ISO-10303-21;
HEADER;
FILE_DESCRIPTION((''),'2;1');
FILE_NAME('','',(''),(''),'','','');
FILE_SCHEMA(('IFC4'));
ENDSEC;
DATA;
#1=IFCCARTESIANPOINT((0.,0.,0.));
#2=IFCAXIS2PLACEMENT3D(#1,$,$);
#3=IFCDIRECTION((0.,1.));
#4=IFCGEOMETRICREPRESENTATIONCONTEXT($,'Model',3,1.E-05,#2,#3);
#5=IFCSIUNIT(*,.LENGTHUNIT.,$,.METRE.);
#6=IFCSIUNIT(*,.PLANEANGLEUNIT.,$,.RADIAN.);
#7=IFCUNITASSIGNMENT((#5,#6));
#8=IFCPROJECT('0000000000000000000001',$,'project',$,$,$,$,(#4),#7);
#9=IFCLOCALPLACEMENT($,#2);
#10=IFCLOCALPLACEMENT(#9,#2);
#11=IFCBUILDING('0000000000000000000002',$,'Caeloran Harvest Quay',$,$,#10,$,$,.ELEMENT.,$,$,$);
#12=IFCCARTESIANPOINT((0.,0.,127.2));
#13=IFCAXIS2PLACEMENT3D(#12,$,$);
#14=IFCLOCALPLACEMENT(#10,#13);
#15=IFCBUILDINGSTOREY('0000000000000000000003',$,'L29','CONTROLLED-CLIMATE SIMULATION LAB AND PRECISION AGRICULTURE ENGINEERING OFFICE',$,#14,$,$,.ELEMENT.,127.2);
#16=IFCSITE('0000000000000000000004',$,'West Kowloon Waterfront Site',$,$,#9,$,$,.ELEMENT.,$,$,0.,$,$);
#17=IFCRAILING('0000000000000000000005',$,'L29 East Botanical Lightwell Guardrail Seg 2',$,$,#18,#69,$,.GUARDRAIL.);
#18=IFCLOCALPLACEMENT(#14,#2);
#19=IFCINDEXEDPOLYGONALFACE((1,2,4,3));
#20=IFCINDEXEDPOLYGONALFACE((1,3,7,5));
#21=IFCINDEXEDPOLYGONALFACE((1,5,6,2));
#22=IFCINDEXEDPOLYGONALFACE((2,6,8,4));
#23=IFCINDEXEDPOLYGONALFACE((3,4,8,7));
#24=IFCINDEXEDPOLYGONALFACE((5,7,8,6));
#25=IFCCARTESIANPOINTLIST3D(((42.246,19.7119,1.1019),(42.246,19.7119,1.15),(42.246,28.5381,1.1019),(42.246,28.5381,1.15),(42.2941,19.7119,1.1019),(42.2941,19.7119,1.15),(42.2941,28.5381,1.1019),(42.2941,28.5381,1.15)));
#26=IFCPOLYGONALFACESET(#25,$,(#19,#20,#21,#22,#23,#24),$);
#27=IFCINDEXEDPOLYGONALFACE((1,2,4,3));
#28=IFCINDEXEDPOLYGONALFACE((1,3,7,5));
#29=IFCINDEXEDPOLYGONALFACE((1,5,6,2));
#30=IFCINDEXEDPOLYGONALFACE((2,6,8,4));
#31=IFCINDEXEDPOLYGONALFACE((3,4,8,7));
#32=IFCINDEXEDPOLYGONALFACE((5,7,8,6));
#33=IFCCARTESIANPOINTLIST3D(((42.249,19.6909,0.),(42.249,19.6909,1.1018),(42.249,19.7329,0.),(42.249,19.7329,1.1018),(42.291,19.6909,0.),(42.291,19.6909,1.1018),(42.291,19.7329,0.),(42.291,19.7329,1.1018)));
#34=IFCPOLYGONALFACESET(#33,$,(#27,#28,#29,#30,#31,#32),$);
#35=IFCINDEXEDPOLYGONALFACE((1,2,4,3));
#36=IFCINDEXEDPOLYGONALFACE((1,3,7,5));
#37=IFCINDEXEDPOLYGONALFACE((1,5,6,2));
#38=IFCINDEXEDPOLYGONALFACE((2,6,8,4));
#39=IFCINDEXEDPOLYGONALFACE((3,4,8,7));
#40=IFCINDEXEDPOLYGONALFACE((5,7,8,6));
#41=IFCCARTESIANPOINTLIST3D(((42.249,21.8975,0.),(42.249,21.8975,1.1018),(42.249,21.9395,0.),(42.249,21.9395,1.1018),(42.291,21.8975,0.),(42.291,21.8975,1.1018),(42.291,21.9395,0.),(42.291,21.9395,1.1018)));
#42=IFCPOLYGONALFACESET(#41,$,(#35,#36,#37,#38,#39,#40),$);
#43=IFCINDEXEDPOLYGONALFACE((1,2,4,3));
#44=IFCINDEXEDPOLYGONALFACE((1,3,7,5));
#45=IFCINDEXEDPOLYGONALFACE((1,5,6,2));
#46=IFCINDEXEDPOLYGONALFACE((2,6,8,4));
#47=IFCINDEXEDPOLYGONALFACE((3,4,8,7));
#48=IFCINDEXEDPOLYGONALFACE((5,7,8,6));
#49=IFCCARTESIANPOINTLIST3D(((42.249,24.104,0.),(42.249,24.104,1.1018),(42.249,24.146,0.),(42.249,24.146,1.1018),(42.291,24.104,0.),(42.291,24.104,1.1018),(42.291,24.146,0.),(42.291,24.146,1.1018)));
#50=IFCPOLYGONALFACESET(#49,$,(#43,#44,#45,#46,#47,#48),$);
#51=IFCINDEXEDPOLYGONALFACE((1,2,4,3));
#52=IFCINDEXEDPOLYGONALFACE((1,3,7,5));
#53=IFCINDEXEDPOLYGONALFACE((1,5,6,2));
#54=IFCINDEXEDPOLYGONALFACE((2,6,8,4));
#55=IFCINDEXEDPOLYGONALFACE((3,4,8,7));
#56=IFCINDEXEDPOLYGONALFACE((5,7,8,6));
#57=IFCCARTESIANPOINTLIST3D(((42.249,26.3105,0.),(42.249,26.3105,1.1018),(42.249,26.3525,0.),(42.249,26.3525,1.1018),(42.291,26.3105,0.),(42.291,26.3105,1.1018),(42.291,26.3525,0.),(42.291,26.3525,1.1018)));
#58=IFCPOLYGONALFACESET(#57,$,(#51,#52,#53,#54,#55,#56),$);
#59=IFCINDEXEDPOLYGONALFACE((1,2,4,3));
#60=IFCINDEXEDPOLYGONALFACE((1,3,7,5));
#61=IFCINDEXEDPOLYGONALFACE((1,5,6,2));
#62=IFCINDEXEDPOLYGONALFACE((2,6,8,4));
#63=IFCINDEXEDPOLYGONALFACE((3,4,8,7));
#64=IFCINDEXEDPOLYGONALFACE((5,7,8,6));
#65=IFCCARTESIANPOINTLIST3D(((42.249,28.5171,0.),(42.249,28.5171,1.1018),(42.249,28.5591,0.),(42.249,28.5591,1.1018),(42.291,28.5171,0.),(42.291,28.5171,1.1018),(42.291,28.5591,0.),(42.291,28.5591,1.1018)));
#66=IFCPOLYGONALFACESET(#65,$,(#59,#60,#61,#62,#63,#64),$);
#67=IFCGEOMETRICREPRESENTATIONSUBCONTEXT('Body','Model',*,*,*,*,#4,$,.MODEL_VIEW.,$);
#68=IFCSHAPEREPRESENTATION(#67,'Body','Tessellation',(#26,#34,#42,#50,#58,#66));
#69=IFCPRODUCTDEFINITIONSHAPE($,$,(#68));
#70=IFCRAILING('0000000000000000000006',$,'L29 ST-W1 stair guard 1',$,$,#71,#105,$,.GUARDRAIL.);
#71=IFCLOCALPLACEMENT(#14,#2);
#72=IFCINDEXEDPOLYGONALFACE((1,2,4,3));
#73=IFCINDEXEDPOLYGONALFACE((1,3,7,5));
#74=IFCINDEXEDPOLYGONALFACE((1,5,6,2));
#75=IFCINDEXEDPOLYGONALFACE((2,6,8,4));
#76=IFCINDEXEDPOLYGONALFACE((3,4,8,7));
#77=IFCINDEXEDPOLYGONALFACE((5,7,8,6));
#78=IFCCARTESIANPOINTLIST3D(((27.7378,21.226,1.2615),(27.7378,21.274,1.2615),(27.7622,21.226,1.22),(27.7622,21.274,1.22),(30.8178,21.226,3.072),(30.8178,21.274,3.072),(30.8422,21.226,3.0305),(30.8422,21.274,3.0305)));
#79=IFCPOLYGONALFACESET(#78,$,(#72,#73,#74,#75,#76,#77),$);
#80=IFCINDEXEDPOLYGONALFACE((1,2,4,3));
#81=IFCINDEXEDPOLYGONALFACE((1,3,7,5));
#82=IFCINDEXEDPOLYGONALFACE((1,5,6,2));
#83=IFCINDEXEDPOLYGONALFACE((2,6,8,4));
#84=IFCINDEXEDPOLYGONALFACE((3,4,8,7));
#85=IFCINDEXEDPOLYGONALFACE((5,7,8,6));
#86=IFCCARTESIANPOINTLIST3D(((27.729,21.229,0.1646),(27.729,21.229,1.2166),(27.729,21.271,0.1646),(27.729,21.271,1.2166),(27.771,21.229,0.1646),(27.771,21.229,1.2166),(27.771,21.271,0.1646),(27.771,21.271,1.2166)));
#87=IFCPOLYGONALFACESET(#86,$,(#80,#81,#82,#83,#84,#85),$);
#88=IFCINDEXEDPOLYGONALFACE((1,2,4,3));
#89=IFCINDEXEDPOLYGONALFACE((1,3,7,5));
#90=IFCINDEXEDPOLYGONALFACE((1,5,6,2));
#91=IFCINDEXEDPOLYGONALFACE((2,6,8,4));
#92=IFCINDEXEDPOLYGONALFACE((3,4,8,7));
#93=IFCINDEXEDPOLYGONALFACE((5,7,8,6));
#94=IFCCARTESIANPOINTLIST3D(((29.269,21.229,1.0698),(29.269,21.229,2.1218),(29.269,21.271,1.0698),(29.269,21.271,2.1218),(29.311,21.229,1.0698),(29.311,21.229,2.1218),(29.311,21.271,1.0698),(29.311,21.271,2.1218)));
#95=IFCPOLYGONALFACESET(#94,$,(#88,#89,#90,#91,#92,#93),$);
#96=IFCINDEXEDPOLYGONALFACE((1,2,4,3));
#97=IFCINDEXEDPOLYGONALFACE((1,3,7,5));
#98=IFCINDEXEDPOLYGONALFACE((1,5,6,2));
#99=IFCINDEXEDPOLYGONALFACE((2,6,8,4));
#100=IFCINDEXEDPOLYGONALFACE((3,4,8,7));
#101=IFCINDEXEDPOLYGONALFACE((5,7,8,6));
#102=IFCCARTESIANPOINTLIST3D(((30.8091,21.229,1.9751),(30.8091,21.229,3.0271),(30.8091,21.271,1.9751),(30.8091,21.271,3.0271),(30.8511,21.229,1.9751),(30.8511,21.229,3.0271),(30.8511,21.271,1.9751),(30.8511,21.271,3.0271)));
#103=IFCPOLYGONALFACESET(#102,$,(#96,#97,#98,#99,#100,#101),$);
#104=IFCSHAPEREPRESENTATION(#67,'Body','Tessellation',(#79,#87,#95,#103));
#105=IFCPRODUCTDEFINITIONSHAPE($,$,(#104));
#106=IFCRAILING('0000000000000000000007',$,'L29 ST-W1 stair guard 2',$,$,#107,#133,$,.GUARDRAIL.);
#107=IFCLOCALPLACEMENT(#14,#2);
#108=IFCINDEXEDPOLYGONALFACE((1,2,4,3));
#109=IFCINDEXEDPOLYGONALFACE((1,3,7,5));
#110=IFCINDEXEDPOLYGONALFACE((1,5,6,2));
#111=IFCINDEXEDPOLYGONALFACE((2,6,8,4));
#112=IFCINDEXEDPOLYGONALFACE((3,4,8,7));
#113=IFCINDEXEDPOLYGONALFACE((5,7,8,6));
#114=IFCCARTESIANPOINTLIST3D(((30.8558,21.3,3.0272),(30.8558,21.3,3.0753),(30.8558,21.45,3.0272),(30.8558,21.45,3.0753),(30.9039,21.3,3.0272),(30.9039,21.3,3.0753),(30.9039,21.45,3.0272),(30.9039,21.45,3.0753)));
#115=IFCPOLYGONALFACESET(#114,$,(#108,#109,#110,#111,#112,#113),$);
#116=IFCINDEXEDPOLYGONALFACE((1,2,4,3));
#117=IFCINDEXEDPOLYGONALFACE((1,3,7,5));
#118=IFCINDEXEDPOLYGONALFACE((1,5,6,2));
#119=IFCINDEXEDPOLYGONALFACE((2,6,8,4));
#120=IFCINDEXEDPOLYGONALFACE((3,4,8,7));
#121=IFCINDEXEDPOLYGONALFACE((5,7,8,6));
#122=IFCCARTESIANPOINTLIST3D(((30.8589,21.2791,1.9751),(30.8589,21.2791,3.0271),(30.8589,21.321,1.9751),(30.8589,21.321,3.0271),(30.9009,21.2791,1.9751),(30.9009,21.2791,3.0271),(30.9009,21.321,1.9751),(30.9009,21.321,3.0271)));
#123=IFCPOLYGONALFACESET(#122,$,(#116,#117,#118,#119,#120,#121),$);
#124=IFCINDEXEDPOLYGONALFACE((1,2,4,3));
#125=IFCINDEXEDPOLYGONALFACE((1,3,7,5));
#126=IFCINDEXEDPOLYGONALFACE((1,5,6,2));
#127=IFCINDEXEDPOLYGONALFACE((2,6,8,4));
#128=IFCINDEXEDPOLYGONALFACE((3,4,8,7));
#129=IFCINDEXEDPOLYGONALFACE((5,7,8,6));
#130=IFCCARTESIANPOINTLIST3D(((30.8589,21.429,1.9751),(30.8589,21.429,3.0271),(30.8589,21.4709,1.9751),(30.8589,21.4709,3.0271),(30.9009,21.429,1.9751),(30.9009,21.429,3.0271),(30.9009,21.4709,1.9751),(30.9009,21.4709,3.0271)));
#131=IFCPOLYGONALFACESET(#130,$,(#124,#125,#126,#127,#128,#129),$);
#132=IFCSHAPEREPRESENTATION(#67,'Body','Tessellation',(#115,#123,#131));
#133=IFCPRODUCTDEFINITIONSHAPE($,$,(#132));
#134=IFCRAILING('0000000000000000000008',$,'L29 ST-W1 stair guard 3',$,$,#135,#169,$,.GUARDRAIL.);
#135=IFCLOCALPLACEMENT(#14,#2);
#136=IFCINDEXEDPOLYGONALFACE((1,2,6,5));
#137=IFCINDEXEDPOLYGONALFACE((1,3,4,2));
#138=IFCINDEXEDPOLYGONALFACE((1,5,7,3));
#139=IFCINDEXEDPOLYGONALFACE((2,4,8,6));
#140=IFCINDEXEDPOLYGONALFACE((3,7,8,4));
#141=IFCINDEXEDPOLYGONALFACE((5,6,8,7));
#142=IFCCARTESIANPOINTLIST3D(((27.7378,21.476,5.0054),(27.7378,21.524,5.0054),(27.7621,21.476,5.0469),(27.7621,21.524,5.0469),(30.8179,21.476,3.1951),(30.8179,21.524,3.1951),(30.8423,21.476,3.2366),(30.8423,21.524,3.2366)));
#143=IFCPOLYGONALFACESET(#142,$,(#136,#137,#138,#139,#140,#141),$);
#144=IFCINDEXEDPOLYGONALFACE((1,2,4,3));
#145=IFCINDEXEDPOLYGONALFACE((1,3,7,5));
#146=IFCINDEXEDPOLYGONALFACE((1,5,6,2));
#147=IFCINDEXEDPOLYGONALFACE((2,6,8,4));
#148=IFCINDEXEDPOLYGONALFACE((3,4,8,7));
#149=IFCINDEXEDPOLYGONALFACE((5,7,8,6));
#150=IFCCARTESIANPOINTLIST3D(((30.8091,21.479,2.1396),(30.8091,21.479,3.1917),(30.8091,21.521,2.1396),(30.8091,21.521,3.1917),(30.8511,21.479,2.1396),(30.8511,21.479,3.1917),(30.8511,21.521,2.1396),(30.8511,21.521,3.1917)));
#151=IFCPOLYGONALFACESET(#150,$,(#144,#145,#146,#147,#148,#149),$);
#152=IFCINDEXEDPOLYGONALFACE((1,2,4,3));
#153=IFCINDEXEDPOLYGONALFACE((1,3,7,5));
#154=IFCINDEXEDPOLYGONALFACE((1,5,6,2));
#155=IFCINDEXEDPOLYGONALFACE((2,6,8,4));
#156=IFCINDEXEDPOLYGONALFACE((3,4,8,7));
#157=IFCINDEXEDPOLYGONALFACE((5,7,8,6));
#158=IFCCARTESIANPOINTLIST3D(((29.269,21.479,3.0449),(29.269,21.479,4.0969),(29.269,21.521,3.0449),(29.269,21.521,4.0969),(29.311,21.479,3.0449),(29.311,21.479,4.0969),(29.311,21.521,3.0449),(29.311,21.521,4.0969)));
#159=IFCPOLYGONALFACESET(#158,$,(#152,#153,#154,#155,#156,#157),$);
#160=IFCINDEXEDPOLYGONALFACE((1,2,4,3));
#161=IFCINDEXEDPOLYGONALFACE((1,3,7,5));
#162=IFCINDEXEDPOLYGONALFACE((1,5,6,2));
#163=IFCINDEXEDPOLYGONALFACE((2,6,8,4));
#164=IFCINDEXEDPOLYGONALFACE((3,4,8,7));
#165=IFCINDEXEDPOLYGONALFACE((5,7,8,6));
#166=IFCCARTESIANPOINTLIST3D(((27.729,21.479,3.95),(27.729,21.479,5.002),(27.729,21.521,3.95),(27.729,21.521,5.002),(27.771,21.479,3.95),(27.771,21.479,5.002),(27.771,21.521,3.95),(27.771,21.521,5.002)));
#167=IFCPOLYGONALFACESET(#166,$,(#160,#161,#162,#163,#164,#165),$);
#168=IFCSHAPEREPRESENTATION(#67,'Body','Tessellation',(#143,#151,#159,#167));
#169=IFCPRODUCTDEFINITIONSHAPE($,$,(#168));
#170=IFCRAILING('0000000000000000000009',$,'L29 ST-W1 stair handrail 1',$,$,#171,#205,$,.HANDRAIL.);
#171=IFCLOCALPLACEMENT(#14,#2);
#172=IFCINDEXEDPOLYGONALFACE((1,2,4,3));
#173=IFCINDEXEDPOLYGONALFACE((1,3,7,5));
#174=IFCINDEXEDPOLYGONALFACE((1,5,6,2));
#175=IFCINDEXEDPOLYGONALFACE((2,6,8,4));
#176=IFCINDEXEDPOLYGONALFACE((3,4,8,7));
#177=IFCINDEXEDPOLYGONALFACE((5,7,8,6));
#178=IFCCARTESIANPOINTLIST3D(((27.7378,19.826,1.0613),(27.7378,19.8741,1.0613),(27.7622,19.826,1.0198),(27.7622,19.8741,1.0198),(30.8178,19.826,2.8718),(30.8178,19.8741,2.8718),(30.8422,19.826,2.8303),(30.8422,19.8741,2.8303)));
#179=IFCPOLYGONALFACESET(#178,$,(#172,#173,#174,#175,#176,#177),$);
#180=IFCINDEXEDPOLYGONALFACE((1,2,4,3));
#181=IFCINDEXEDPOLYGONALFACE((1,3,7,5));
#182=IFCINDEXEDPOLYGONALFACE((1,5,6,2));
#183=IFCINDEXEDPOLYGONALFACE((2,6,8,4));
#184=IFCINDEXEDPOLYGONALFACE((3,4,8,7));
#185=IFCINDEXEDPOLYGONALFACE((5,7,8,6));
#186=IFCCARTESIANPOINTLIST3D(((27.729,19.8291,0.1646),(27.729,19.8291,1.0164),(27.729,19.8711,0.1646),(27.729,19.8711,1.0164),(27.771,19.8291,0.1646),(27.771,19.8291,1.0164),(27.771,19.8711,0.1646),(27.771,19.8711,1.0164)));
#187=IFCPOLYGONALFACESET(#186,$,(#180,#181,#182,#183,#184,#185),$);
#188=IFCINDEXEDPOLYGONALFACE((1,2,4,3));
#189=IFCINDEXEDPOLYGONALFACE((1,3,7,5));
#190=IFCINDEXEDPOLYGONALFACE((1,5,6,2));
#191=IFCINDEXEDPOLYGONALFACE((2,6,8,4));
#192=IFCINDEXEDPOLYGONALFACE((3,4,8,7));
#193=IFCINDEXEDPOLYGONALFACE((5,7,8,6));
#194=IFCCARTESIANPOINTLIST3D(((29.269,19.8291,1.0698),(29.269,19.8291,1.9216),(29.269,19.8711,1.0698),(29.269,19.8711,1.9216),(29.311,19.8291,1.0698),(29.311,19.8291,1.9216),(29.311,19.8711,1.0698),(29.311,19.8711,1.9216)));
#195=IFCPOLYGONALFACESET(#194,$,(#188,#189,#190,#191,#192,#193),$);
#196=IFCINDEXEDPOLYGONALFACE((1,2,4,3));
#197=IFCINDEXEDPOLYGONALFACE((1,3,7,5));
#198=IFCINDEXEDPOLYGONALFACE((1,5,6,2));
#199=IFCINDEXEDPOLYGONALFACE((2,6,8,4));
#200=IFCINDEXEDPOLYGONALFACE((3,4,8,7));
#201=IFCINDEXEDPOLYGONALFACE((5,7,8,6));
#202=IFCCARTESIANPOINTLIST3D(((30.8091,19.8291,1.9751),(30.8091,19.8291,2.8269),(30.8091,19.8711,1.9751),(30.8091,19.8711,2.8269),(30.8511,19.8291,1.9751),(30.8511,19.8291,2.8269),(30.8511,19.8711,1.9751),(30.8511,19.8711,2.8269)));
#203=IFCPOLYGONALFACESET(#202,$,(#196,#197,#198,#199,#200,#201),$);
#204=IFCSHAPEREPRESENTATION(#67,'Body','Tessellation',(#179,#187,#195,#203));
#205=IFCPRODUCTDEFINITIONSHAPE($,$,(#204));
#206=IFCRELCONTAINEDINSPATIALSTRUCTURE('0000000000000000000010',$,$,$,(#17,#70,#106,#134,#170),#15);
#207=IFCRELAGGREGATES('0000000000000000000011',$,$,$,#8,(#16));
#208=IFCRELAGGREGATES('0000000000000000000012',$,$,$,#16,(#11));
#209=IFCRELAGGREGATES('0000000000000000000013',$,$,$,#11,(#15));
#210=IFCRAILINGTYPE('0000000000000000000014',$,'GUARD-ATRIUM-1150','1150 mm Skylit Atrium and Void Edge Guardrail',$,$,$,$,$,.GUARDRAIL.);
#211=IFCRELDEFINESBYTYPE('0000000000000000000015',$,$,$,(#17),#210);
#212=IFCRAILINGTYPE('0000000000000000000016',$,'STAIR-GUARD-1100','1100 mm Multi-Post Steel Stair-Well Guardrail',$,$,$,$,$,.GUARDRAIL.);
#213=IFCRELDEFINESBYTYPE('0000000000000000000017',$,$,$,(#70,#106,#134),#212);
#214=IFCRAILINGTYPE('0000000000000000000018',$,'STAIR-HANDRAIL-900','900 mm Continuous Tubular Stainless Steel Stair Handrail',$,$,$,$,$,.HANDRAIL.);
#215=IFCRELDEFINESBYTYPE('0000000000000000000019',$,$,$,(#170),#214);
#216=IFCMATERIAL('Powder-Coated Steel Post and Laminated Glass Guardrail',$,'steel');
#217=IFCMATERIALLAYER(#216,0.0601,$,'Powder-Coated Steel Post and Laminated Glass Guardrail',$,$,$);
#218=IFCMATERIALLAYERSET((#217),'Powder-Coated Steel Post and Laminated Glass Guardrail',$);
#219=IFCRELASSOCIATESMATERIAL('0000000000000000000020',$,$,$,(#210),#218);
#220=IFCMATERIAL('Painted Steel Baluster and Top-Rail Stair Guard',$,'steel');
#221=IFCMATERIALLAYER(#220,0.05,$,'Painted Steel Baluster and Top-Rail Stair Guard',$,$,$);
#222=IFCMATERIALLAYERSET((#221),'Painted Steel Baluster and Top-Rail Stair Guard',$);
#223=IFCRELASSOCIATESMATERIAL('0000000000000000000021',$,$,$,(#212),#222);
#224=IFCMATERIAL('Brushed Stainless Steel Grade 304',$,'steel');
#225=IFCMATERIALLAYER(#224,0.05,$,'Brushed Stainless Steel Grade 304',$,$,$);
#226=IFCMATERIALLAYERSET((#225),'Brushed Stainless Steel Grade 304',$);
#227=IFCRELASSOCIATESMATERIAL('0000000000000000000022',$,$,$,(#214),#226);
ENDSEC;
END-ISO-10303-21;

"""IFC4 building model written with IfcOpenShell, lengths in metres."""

from ifc_helpers import new_model, si_unit, direction, frame, origin, origin_2d, place, context, subcontext, project, spatial, rectangle, extrude, material, layer, layer_set, type_object, element, save


model = new_model("IFC4")

# Units and contexts
model_context = context("Model", 3, precision=1e-05, world=origin(), true_north=direction((0.0, 1.0)))
body_context = subcontext(model_context, "Body", "Model", "MODEL_VIEW")
ifc_project = project(units=[si_unit("LENGTHUNIT", "METRE"), si_unit("PLANEANGLEUNIT", "RADIAN")], contexts=[model_context])

# Site, building, storey
site_placement = place(None, origin())
site = spatial("IfcSite", under=ifc_project, at=site_placement, Name="West Kowloon Waterfront Site", CompositionType="ELEMENT", RefElevation=0.0)
building_placement = place(site_placement, origin())
building = spatial("IfcBuilding", under=site, at=building_placement, Name="Caeloran Harvest Quay", CompositionType="ELEMENT")
storey_placement = place(building_placement, frame((0.0, 0.0, 127.2)))
storey = spatial("IfcBuildingStorey", under=building, at=storey_placement, Name="L29", Description="CONTROLLED-CLIMATE SIMULATION LAB AND PRECISION AGRICULTURE ENGINEERING OFFICE", CompositionType="ELEMENT", Elevation=127.2)

# Railings
ifc_material_1 = material(Name="Powder-Coated Steel Post and Laminated Glass Guardrail", Category="steel")
ifc_layer_1 = layer(ifc_material_1, 0.0601, Name="Powder-Coated Steel Post and Laminated Glass Guardrail")
ifc_layer_set_1 = layer_set([ifc_layer_1], Name="Powder-Coated Steel Post and Laminated Glass Guardrail")
railing_type_1 = type_object("IfcRailingType", Name="GUARD-ATRIUM-1150", Description="1150 mm Skylit Atrium and Void Edge Guardrail", PredefinedType="GUARDRAIL", material=ifc_layer_set_1)
railing_1_placement = place(storey_placement, frame((42.27, 19.7119, 0.0)))
element("IfcRailing", 1, at=railing_1_placement, inside=storey, type_object=railing_type_1, Name="L29 East Botanical Lightwell Guardrail Seg 2", PredefinedType="GUARDRAIL", context=body_context, shape_type="SweptSolid", body=[
    extrude(rectangle(XDim=0.0481, YDim=0.0481, at=origin_2d()), frame((0.0, 0.0, 1.126), z_axis=(0.0, 1.0, 0.0), x_axis=(-1.0, 0.0, 0.0)), (0.0, 0.0, 1.0), 8.8262),
    extrude(rectangle(XDim=0.042, YDim=0.042, at=origin_2d()), origin(), (0.0, 0.0, 1.0), 1.1018),
    extrude(rectangle(XDim=0.042, YDim=0.042, at=origin_2d()), frame((0.0, 2.2065, 0.0)), (0.0, 0.0, 1.0), 1.1018),
    extrude(rectangle(XDim=0.042, YDim=0.042, at=origin_2d()), frame((0.0, 4.4131, 0.0)), (0.0, 0.0, 1.0), 1.1018),
    extrude(rectangle(XDim=0.042, YDim=0.042, at=origin_2d()), frame((0.0, 6.6196, 0.0)), (0.0, 0.0, 1.0), 1.1018),
    extrude(rectangle(XDim=0.042, YDim=0.042, at=origin_2d()), frame((0.0, 8.8262, 0.0)), (0.0, 0.0, 1.0), 1.1018),
])
ifc_material_2 = material(Name="Painted Steel Baluster and Top-Rail Stair Guard", Category="steel")
ifc_layer_2 = layer(ifc_material_2, 0.05, Name="Painted Steel Baluster and Top-Rail Stair Guard")
ifc_layer_set_2 = layer_set([ifc_layer_2], Name="Painted Steel Baluster and Top-Rail Stair Guard")
railing_type_2 = type_object("IfcRailingType", Name="STAIR-GUARD-1100", Description="1100 mm Multi-Post Steel Stair-Well Guardrail", PredefinedType="GUARDRAIL", material=ifc_layer_set_2)
railing_2_placement = place(storey_placement, frame((27.75, 21.25, 0.1646)))
element("IfcRailing", 2, at=railing_2_placement, inside=storey, type_object=railing_type_2, Name="L29 ST-W1 stair guard 1", PredefinedType="GUARDRAIL", context=body_context, shape_type="SweptSolid", body=[
    extrude(rectangle(XDim=0.0481, YDim=0.0481, at=origin_2d()), frame((0.0, 0.0, 1.0762), z_axis=(0.862089, 0.0, 0.506757), x_axis=(0.0, 1.0, 0.0)), (0.0, 0.0, 1.0), 3.5728),
    extrude(rectangle(XDim=0.042, YDim=0.042, at=origin_2d()), origin(), (0.0, 0.0, 1.0), 1.052),
    extrude(rectangle(XDim=0.042, YDim=0.042, at=origin_2d()), frame((1.54, 0.0, 0.9053)), (0.0, 0.0, 1.0), 1.052),
    extrude(rectangle(XDim=0.042, YDim=0.042, at=origin_2d()), frame((3.0801, 0.0, 1.8105)), (0.0, 0.0, 1.0), 1.052),
])
railing_3_placement = place(storey_placement, frame((30.8799, 21.3, 1.9751)))
element("IfcRailing", 3, at=railing_3_placement, inside=storey, type_object=railing_type_2, Name="L29 ST-W1 stair guard 2", PredefinedType="GUARDRAIL", context=body_context, shape_type="SweptSolid", body=[
    extrude(rectangle(XDim=0.0481, YDim=0.0481, at=origin_2d()), frame((0.0, 0.0, 1.0762), z_axis=(0.0, 1.0, 0.0), x_axis=(-1.0, 0.0, 0.0)), (0.0, 0.0, 1.0), 0.1499),
    extrude(rectangle(XDim=0.042, YDim=0.042, at=origin_2d()), origin(), (0.0, 0.0, 1.0), 1.052),
    extrude(rectangle(XDim=0.042, YDim=0.042, at=origin_2d()), frame((0.0, 0.1499, 0.0)), (0.0, 0.0, 1.0), 1.052),
])
railing_4_placement = place(storey_placement, frame((30.8301, 21.5, 2.1396)))
element("IfcRailing", 4, at=railing_4_placement, inside=storey, type_object=railing_type_2, Name="L29 ST-W1 stair guard 3", PredefinedType="GUARDRAIL", context=body_context, shape_type="SweptSolid", body=[
    extrude(rectangle(XDim=0.0481, YDim=0.0481, at=origin_2d()), frame((0.0, 0.0, 1.0762), z_axis=(-0.862119, 0.0, 0.506707), x_axis=(0.0, -1.0, 0.0)), (0.0, 0.0, 1.0), 3.5728),
    extrude(rectangle(XDim=0.042, YDim=0.042, at=origin_2d()), origin(), (0.0, 0.0, 1.0), 1.052),
    extrude(rectangle(XDim=0.042, YDim=0.042, at=origin_2d()), frame((-1.54, 0.0, 0.9053)), (0.0, 0.0, 1.0), 1.052),
    extrude(rectangle(XDim=0.042, YDim=0.042, at=origin_2d()), frame((-3.0801, 0.0, 1.8103)), (0.0, 0.0, 1.0), 1.052),
])
ifc_material_3 = material(Name="Brushed Stainless Steel Grade 304", Category="steel")
ifc_layer_3 = layer(ifc_material_3, 0.05, Name="Brushed Stainless Steel Grade 304")
ifc_layer_set_3 = layer_set([ifc_layer_3], Name="Brushed Stainless Steel Grade 304")
railing_type_3 = type_object("IfcRailingType", Name="STAIR-HANDRAIL-900", Description="900 mm Continuous Tubular Stainless Steel Stair Handrail", PredefinedType="HANDRAIL", material=ifc_layer_set_3)
railing_5_placement = place(storey_placement, frame((27.75, 19.8501, 0.1646)))
element("IfcRailing", 5, at=railing_5_placement, inside=storey, type_object=railing_type_3, Name="L29 ST-W1 stair handrail 1", PredefinedType="HANDRAIL", context=body_context, shape_type="SweptSolid", body=[
    extrude(rectangle(XDim=0.0481, YDim=0.0481, at=origin_2d()), frame((0.0, 0.0, 0.876), z_axis=(0.862089, 0.0, 0.506757), x_axis=(0.0, 1.0, 0.0)), (0.0, 0.0, 1.0), 3.5728),
    extrude(rectangle(XDim=0.042, YDim=0.042, at=origin_2d()), origin(), (0.0, 0.0, 1.0), 0.8518),
    extrude(rectangle(XDim=0.042, YDim=0.042, at=origin_2d()), frame((1.54, 0.0, 0.9053)), (0.0, 0.0, 1.0), 0.8518),
    extrude(rectangle(XDim=0.042, YDim=0.042, at=origin_2d()), frame((3.0801, 0.0, 1.8105)), (0.0, 0.0, 1.0), 0.8518),
])

save(model, "model.ifc")
